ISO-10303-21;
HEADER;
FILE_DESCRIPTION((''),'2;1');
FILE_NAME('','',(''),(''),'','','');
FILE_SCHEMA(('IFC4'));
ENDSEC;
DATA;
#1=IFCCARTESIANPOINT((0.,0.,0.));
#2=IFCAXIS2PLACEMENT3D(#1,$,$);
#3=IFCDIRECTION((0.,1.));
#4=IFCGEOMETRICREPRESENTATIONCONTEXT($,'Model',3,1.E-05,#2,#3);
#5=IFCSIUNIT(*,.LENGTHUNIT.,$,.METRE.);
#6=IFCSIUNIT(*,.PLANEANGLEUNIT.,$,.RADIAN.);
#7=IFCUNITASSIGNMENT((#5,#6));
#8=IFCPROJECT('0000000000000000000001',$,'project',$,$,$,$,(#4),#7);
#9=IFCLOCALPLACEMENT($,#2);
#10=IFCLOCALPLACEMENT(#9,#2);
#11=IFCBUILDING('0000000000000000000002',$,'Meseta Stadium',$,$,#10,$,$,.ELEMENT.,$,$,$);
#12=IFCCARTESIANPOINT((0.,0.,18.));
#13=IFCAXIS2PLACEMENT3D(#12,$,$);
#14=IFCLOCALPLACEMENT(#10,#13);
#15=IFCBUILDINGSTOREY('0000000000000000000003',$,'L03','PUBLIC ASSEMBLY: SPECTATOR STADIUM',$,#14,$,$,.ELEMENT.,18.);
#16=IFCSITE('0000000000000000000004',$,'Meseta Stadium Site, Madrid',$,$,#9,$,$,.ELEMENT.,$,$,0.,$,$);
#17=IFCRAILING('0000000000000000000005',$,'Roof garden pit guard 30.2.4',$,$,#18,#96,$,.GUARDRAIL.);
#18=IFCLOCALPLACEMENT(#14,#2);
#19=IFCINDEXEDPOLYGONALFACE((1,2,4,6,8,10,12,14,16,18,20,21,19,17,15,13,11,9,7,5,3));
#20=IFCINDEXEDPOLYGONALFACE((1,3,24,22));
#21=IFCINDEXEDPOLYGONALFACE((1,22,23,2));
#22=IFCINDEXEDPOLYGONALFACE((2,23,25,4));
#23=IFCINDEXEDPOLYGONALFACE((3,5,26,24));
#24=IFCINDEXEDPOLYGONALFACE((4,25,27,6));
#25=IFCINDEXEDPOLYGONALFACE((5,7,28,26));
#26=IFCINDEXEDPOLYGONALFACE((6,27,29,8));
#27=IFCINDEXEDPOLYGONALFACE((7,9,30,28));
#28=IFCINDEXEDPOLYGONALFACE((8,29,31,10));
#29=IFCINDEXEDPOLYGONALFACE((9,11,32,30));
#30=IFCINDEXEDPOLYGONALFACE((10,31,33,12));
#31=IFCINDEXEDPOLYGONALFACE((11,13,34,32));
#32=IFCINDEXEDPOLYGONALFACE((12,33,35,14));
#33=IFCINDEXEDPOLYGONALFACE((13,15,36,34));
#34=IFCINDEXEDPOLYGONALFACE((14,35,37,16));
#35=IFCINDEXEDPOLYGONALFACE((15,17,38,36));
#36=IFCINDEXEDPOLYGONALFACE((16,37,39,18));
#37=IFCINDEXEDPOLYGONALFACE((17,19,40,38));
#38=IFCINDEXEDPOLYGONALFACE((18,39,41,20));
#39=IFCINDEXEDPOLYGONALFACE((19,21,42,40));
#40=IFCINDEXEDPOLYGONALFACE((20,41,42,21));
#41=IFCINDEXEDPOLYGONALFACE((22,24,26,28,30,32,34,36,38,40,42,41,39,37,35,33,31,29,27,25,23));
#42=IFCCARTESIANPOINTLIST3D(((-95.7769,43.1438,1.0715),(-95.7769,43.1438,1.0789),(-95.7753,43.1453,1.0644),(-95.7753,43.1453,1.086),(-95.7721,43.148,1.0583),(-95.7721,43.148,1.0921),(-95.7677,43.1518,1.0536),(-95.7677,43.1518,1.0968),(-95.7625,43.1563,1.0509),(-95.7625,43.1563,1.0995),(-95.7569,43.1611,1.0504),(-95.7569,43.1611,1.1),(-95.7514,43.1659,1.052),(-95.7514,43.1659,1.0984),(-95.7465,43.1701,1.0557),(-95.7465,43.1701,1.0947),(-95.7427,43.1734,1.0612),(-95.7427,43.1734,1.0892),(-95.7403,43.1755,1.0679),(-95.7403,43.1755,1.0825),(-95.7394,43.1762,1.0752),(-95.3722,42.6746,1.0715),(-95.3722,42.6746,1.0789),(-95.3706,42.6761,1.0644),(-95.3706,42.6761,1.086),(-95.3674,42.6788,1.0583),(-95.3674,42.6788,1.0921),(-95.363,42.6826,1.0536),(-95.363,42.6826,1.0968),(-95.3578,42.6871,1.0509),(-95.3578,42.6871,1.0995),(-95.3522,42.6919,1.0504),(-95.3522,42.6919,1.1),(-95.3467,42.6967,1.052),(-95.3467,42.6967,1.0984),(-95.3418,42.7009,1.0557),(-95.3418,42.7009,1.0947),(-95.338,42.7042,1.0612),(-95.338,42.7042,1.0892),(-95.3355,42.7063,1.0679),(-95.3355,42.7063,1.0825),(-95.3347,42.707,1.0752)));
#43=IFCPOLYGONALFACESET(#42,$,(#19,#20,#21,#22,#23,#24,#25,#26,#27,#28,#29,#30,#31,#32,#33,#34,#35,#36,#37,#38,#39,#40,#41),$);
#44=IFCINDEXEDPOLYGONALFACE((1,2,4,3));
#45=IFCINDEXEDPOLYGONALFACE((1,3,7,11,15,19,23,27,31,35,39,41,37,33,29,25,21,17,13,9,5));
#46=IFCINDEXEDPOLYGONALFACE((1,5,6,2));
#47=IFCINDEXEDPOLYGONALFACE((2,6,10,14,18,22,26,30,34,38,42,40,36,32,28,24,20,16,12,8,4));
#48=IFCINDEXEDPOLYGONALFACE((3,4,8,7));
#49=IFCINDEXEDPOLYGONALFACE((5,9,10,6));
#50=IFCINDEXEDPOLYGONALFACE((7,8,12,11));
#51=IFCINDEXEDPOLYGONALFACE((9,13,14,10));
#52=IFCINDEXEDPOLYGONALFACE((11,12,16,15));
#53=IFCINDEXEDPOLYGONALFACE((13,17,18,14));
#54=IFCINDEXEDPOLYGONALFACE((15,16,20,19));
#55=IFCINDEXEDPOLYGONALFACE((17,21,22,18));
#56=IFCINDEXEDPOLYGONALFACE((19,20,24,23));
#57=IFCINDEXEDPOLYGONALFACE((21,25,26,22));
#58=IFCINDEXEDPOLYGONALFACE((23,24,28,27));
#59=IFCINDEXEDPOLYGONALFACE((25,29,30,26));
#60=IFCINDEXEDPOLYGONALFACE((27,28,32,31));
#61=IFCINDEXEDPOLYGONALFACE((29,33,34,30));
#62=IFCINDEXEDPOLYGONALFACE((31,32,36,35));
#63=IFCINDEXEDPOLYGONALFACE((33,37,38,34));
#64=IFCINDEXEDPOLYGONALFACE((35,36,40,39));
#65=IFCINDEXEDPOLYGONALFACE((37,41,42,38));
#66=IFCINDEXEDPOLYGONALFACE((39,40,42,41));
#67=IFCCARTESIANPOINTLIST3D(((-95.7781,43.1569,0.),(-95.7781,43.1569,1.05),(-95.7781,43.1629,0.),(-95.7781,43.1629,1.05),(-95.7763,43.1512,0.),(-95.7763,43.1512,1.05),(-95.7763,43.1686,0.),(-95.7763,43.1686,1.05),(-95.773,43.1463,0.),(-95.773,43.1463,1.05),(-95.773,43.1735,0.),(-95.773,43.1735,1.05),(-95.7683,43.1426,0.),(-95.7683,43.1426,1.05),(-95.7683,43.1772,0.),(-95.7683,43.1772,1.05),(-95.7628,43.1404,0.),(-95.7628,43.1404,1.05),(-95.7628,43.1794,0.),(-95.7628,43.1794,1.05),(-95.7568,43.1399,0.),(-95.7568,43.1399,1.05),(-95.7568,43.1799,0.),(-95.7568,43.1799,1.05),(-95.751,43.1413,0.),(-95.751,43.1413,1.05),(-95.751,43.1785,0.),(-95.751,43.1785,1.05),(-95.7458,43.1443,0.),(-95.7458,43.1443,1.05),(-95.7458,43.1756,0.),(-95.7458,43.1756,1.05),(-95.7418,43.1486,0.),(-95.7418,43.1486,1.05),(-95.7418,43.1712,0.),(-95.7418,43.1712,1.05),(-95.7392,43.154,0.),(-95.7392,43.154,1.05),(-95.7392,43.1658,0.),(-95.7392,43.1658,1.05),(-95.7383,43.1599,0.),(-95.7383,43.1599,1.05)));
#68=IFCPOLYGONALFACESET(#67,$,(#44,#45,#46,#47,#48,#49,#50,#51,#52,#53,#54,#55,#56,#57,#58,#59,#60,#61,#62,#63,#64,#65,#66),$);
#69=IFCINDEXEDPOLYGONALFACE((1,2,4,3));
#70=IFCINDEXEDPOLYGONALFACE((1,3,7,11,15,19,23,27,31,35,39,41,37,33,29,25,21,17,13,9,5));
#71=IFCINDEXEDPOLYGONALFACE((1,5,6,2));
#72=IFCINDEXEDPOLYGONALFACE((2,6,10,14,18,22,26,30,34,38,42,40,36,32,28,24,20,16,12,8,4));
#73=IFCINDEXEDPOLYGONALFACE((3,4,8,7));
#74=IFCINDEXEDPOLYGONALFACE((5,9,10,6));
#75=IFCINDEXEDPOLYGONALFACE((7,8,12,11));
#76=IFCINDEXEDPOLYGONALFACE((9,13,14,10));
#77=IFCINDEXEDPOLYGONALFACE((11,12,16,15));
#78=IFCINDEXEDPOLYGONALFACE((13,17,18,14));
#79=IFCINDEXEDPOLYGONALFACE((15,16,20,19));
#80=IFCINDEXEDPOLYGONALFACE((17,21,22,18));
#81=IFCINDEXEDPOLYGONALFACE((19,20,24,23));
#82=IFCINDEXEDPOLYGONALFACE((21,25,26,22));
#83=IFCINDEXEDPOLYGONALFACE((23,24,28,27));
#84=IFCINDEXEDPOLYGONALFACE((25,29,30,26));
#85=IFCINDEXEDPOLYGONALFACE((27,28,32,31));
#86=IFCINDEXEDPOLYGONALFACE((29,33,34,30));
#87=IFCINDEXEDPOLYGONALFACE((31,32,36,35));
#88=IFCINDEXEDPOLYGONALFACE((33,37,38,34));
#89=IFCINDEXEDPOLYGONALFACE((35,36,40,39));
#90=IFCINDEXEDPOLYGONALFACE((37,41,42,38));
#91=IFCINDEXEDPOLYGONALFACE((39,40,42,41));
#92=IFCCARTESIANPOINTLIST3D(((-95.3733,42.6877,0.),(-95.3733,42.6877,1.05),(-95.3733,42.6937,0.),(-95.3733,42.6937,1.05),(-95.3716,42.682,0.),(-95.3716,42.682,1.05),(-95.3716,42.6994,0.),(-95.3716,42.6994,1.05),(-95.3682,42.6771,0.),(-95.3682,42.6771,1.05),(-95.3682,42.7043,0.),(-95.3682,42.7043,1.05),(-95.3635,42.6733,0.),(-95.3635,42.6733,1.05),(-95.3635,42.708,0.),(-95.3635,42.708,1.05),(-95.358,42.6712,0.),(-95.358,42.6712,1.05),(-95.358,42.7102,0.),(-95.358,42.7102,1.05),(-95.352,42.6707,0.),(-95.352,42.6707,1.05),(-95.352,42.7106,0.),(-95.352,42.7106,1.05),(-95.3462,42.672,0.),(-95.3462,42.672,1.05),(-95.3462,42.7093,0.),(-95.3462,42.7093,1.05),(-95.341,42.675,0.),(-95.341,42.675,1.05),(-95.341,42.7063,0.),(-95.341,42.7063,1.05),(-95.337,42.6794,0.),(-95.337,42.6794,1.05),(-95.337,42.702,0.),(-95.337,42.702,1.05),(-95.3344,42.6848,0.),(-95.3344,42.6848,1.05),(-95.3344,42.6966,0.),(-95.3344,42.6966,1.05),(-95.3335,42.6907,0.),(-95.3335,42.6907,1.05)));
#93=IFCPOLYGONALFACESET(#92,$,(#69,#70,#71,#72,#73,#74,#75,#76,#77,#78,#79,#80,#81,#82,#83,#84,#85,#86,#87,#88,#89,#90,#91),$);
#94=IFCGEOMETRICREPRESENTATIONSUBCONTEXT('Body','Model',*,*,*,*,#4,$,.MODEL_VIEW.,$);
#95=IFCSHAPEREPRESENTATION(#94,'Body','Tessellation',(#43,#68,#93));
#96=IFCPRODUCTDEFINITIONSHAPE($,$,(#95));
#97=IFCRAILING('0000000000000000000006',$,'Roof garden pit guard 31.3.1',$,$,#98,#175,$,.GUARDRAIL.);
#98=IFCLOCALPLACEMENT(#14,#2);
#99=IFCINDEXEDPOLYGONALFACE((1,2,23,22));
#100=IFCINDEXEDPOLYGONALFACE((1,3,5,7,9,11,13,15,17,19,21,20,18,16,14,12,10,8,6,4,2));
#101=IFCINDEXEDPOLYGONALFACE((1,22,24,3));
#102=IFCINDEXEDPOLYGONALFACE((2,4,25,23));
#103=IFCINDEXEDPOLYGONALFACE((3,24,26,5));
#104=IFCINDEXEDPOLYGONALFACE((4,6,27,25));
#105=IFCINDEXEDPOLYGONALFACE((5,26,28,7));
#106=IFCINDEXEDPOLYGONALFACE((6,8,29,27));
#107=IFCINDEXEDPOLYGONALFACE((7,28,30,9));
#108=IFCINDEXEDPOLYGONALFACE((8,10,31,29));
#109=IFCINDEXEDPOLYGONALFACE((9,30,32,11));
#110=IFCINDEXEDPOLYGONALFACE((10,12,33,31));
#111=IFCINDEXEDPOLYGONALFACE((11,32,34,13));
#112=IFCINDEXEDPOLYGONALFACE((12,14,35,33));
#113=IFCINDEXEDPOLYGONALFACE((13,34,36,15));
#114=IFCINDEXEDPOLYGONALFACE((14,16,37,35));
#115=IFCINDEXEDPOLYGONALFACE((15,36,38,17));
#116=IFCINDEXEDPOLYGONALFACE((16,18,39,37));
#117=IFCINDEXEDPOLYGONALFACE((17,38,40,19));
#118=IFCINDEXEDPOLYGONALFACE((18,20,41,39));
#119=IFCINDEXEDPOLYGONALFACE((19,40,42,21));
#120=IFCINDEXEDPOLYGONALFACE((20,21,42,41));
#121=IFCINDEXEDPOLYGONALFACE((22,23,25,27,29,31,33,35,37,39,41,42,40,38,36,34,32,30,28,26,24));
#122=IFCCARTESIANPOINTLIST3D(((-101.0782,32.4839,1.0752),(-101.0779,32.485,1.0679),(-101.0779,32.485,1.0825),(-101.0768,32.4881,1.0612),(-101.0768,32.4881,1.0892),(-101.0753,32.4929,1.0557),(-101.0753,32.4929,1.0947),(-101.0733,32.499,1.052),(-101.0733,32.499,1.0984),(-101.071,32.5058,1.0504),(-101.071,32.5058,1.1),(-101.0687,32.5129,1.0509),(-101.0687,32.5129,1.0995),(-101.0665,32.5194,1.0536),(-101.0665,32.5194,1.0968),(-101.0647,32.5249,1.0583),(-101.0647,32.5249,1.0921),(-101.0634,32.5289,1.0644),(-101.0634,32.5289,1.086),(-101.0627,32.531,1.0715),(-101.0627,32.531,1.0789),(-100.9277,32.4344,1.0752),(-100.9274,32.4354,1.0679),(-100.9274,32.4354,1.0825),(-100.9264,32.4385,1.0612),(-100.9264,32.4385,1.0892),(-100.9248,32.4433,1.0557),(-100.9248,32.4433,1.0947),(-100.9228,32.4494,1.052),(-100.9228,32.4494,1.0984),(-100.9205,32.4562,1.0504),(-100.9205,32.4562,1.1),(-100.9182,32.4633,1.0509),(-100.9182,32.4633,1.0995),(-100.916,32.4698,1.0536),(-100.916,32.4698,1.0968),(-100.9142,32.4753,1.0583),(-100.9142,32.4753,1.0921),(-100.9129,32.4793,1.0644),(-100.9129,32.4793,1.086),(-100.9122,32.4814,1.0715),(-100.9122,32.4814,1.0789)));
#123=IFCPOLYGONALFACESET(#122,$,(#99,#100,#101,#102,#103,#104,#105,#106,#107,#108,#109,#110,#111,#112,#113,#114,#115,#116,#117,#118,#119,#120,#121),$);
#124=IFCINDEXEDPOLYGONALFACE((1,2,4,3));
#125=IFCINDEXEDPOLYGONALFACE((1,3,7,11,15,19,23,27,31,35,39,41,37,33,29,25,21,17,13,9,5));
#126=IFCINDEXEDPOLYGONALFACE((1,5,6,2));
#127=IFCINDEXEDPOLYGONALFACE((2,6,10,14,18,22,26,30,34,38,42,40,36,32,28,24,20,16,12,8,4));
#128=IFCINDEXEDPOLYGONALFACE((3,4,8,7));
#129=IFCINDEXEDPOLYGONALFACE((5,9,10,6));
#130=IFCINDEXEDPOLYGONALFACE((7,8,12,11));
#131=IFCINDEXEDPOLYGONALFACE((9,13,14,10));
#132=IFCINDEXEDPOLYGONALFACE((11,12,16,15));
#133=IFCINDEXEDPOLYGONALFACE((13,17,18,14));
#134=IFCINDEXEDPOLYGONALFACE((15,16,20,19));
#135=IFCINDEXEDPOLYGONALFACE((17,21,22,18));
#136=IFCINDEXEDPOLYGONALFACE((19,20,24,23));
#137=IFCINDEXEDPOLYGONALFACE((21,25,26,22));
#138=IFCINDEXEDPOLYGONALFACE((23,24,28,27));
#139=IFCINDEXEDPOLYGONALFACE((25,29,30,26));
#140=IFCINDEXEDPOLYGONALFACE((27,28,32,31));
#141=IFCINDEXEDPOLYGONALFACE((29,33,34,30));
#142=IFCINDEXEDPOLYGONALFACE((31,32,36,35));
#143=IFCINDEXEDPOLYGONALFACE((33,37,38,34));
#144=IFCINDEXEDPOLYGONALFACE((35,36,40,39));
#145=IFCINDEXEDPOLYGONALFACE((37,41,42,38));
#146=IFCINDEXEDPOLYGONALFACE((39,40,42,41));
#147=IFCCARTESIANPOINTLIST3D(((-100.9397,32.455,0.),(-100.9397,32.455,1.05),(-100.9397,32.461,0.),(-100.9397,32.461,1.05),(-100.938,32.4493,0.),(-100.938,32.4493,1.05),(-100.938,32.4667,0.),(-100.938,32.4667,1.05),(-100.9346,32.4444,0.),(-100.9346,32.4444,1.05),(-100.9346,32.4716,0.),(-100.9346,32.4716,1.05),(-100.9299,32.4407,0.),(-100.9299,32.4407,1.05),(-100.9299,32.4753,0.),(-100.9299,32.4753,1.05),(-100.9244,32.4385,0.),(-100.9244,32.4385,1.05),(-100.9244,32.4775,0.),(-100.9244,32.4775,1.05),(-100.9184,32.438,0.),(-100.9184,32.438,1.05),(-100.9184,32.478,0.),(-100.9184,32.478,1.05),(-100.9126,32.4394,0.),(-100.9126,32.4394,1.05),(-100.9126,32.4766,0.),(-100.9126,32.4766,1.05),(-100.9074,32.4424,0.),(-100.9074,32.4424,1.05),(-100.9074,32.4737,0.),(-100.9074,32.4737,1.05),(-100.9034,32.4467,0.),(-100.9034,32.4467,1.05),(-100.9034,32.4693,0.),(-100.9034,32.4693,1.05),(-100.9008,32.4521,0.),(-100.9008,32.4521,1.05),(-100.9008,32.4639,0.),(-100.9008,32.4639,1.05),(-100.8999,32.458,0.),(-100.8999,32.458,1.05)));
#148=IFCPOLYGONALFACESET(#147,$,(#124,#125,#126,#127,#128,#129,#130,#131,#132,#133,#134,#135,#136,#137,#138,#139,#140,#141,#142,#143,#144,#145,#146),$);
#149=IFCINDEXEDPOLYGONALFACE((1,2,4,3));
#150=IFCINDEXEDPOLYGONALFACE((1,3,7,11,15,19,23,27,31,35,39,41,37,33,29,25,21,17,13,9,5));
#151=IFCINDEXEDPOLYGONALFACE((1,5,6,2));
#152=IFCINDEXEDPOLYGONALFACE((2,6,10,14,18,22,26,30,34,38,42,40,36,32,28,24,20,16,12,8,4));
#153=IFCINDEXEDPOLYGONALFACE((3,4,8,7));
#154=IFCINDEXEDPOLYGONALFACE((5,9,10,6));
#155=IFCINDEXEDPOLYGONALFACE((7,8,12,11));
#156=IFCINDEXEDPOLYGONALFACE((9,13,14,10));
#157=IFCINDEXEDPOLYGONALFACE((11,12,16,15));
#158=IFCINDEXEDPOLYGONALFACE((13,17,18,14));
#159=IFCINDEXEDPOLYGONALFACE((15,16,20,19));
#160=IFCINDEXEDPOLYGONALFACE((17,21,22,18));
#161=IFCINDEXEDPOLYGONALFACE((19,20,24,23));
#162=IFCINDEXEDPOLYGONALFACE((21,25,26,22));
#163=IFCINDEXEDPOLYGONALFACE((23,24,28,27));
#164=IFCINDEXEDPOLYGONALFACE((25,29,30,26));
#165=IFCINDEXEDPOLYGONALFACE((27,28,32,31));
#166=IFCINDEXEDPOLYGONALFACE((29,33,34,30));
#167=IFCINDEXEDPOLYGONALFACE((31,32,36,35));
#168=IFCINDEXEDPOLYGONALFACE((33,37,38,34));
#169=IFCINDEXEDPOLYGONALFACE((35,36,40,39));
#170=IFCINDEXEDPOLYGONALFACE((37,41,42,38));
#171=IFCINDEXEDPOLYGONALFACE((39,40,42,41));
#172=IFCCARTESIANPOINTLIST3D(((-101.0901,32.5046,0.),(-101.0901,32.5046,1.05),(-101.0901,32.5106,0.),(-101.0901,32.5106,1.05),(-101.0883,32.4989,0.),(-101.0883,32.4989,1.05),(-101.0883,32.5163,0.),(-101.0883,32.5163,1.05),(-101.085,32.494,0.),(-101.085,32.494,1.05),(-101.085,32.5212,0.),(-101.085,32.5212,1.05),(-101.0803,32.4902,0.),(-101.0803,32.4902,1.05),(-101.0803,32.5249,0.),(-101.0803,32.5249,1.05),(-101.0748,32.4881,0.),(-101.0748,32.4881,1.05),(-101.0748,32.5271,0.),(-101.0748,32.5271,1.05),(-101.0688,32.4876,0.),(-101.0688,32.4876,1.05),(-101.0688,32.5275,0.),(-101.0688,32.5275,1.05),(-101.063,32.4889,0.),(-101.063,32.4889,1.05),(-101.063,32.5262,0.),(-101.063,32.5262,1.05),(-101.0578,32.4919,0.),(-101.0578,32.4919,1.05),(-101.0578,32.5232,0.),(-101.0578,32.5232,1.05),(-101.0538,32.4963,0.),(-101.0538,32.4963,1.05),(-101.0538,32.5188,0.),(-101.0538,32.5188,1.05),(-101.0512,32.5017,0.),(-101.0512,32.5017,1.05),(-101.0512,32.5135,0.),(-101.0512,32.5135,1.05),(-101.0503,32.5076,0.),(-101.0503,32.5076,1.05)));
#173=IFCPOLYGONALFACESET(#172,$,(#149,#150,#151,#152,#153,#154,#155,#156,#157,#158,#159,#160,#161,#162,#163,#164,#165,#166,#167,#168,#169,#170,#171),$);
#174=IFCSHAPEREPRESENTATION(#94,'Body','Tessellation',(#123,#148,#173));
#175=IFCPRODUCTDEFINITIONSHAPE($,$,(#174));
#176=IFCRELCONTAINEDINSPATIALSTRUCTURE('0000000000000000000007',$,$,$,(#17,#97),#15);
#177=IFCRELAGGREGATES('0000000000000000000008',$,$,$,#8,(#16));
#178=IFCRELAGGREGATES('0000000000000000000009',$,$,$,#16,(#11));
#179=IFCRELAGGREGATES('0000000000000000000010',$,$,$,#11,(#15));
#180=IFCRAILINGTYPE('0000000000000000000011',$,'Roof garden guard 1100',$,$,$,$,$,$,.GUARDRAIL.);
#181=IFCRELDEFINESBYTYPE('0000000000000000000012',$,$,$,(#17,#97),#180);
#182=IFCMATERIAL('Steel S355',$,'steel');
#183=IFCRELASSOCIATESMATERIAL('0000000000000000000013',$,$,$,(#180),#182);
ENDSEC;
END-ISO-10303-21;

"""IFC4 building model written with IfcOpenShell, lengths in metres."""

from ifc_helpers import new_model, si_unit, direction, frame, origin, origin_2d, place, context, subcontext, project, spatial, circle, extrude, material, type_object, element, save


model = new_model("IFC4")

# Units and contexts
model_context = context("Model", 3, precision=1e-05, world=origin(), true_north=direction((0.0, 1.0)))
body_context = subcontext(model_context, "Body", "Model", "MODEL_VIEW")
ifc_project = project(units=[si_unit("LENGTHUNIT", "METRE"), si_unit("PLANEANGLEUNIT", "RADIAN")], contexts=[model_context])

# Site, building, storey
site_placement = place(None, origin())
site = spatial("IfcSite", under=ifc_project, at=site_placement, Name="Meseta Stadium Site, Madrid", CompositionType="ELEMENT", RefElevation=0.0)
building_placement = place(site_placement, origin())
building = spatial("IfcBuilding", under=site, at=building_placement, Name="Meseta Stadium", CompositionType="ELEMENT")
storey_placement = place(building_placement, frame((0.0, 0.0, 18.0)))
storey = spatial("IfcBuildingStorey", under=building, at=storey_placement, Name="L03", Description="PUBLIC ASSEMBLY: SPECTATOR STADIUM", CompositionType="ELEMENT", Elevation=18.0)

# Railings
ifc_material_1 = material(Name="Steel S355", Category="steel")
railing_type_1 = type_object("IfcRailingType", Name="Roof garden guard 1100", PredefinedType="GUARDRAIL", material=ifc_material_1)
railing_1_placement = place(storey_placement, frame((-95.7583, 43.1599, 0.0)))
element("IfcRailing", 1, at=railing_1_placement, inside=storey, type_object=railing_type_1, Name="Roof garden pit guard 30.2.4", PredefinedType="GUARDRAIL", context=body_context, shape_type="SweptSolid", body=[
    extrude(circle(Radius=0.0249, at=origin_2d()), frame((0.0, 0.0, 1.0752), z_axis=(0.653189, -0.757195, 0.0), x_axis=(0.757195, 0.653189, 0.0)), (0.0, 0.0, 1.0), 0.6196),
    extrude(circle(Radius=0.02, at=origin_2d()), origin(), (0.0, 0.0, 1.0), 1.05),
    extrude(circle(Radius=0.02, at=origin_2d()), frame((0.4048, -0.4692, 0.0)), (0.0, 0.0, 1.0), 1.05),
])
railing_2_placement = place(storey_placement, frame((-100.9199, 32.458, 0.0)))
element("IfcRailing", 2, at=railing_2_placement, inside=storey, type_object=railing_type_1, Name="Roof garden pit guard 31.3.1", PredefinedType="GUARDRAIL", context=body_context, shape_type="SweptSolid", body=[
    extrude(circle(Radius=0.0249, at=origin_2d()), frame((0.0, 0.0, 1.0752), z_axis=(-0.949757, 0.312988, 0.0), x_axis=(-0.312988, -0.949757, 0.0)), (0.0, 0.0, 1.0), 0.1584),
    extrude(circle(Radius=0.02, at=origin_2d()), origin(), (0.0, 0.0, 1.0), 1.05),
    extrude(circle(Radius=0.02, at=origin_2d()), frame((-0.1504, 0.0496, 0.0)), (0.0, 0.0, 1.0), 1.05),
])

save(model, "model.ifc")
